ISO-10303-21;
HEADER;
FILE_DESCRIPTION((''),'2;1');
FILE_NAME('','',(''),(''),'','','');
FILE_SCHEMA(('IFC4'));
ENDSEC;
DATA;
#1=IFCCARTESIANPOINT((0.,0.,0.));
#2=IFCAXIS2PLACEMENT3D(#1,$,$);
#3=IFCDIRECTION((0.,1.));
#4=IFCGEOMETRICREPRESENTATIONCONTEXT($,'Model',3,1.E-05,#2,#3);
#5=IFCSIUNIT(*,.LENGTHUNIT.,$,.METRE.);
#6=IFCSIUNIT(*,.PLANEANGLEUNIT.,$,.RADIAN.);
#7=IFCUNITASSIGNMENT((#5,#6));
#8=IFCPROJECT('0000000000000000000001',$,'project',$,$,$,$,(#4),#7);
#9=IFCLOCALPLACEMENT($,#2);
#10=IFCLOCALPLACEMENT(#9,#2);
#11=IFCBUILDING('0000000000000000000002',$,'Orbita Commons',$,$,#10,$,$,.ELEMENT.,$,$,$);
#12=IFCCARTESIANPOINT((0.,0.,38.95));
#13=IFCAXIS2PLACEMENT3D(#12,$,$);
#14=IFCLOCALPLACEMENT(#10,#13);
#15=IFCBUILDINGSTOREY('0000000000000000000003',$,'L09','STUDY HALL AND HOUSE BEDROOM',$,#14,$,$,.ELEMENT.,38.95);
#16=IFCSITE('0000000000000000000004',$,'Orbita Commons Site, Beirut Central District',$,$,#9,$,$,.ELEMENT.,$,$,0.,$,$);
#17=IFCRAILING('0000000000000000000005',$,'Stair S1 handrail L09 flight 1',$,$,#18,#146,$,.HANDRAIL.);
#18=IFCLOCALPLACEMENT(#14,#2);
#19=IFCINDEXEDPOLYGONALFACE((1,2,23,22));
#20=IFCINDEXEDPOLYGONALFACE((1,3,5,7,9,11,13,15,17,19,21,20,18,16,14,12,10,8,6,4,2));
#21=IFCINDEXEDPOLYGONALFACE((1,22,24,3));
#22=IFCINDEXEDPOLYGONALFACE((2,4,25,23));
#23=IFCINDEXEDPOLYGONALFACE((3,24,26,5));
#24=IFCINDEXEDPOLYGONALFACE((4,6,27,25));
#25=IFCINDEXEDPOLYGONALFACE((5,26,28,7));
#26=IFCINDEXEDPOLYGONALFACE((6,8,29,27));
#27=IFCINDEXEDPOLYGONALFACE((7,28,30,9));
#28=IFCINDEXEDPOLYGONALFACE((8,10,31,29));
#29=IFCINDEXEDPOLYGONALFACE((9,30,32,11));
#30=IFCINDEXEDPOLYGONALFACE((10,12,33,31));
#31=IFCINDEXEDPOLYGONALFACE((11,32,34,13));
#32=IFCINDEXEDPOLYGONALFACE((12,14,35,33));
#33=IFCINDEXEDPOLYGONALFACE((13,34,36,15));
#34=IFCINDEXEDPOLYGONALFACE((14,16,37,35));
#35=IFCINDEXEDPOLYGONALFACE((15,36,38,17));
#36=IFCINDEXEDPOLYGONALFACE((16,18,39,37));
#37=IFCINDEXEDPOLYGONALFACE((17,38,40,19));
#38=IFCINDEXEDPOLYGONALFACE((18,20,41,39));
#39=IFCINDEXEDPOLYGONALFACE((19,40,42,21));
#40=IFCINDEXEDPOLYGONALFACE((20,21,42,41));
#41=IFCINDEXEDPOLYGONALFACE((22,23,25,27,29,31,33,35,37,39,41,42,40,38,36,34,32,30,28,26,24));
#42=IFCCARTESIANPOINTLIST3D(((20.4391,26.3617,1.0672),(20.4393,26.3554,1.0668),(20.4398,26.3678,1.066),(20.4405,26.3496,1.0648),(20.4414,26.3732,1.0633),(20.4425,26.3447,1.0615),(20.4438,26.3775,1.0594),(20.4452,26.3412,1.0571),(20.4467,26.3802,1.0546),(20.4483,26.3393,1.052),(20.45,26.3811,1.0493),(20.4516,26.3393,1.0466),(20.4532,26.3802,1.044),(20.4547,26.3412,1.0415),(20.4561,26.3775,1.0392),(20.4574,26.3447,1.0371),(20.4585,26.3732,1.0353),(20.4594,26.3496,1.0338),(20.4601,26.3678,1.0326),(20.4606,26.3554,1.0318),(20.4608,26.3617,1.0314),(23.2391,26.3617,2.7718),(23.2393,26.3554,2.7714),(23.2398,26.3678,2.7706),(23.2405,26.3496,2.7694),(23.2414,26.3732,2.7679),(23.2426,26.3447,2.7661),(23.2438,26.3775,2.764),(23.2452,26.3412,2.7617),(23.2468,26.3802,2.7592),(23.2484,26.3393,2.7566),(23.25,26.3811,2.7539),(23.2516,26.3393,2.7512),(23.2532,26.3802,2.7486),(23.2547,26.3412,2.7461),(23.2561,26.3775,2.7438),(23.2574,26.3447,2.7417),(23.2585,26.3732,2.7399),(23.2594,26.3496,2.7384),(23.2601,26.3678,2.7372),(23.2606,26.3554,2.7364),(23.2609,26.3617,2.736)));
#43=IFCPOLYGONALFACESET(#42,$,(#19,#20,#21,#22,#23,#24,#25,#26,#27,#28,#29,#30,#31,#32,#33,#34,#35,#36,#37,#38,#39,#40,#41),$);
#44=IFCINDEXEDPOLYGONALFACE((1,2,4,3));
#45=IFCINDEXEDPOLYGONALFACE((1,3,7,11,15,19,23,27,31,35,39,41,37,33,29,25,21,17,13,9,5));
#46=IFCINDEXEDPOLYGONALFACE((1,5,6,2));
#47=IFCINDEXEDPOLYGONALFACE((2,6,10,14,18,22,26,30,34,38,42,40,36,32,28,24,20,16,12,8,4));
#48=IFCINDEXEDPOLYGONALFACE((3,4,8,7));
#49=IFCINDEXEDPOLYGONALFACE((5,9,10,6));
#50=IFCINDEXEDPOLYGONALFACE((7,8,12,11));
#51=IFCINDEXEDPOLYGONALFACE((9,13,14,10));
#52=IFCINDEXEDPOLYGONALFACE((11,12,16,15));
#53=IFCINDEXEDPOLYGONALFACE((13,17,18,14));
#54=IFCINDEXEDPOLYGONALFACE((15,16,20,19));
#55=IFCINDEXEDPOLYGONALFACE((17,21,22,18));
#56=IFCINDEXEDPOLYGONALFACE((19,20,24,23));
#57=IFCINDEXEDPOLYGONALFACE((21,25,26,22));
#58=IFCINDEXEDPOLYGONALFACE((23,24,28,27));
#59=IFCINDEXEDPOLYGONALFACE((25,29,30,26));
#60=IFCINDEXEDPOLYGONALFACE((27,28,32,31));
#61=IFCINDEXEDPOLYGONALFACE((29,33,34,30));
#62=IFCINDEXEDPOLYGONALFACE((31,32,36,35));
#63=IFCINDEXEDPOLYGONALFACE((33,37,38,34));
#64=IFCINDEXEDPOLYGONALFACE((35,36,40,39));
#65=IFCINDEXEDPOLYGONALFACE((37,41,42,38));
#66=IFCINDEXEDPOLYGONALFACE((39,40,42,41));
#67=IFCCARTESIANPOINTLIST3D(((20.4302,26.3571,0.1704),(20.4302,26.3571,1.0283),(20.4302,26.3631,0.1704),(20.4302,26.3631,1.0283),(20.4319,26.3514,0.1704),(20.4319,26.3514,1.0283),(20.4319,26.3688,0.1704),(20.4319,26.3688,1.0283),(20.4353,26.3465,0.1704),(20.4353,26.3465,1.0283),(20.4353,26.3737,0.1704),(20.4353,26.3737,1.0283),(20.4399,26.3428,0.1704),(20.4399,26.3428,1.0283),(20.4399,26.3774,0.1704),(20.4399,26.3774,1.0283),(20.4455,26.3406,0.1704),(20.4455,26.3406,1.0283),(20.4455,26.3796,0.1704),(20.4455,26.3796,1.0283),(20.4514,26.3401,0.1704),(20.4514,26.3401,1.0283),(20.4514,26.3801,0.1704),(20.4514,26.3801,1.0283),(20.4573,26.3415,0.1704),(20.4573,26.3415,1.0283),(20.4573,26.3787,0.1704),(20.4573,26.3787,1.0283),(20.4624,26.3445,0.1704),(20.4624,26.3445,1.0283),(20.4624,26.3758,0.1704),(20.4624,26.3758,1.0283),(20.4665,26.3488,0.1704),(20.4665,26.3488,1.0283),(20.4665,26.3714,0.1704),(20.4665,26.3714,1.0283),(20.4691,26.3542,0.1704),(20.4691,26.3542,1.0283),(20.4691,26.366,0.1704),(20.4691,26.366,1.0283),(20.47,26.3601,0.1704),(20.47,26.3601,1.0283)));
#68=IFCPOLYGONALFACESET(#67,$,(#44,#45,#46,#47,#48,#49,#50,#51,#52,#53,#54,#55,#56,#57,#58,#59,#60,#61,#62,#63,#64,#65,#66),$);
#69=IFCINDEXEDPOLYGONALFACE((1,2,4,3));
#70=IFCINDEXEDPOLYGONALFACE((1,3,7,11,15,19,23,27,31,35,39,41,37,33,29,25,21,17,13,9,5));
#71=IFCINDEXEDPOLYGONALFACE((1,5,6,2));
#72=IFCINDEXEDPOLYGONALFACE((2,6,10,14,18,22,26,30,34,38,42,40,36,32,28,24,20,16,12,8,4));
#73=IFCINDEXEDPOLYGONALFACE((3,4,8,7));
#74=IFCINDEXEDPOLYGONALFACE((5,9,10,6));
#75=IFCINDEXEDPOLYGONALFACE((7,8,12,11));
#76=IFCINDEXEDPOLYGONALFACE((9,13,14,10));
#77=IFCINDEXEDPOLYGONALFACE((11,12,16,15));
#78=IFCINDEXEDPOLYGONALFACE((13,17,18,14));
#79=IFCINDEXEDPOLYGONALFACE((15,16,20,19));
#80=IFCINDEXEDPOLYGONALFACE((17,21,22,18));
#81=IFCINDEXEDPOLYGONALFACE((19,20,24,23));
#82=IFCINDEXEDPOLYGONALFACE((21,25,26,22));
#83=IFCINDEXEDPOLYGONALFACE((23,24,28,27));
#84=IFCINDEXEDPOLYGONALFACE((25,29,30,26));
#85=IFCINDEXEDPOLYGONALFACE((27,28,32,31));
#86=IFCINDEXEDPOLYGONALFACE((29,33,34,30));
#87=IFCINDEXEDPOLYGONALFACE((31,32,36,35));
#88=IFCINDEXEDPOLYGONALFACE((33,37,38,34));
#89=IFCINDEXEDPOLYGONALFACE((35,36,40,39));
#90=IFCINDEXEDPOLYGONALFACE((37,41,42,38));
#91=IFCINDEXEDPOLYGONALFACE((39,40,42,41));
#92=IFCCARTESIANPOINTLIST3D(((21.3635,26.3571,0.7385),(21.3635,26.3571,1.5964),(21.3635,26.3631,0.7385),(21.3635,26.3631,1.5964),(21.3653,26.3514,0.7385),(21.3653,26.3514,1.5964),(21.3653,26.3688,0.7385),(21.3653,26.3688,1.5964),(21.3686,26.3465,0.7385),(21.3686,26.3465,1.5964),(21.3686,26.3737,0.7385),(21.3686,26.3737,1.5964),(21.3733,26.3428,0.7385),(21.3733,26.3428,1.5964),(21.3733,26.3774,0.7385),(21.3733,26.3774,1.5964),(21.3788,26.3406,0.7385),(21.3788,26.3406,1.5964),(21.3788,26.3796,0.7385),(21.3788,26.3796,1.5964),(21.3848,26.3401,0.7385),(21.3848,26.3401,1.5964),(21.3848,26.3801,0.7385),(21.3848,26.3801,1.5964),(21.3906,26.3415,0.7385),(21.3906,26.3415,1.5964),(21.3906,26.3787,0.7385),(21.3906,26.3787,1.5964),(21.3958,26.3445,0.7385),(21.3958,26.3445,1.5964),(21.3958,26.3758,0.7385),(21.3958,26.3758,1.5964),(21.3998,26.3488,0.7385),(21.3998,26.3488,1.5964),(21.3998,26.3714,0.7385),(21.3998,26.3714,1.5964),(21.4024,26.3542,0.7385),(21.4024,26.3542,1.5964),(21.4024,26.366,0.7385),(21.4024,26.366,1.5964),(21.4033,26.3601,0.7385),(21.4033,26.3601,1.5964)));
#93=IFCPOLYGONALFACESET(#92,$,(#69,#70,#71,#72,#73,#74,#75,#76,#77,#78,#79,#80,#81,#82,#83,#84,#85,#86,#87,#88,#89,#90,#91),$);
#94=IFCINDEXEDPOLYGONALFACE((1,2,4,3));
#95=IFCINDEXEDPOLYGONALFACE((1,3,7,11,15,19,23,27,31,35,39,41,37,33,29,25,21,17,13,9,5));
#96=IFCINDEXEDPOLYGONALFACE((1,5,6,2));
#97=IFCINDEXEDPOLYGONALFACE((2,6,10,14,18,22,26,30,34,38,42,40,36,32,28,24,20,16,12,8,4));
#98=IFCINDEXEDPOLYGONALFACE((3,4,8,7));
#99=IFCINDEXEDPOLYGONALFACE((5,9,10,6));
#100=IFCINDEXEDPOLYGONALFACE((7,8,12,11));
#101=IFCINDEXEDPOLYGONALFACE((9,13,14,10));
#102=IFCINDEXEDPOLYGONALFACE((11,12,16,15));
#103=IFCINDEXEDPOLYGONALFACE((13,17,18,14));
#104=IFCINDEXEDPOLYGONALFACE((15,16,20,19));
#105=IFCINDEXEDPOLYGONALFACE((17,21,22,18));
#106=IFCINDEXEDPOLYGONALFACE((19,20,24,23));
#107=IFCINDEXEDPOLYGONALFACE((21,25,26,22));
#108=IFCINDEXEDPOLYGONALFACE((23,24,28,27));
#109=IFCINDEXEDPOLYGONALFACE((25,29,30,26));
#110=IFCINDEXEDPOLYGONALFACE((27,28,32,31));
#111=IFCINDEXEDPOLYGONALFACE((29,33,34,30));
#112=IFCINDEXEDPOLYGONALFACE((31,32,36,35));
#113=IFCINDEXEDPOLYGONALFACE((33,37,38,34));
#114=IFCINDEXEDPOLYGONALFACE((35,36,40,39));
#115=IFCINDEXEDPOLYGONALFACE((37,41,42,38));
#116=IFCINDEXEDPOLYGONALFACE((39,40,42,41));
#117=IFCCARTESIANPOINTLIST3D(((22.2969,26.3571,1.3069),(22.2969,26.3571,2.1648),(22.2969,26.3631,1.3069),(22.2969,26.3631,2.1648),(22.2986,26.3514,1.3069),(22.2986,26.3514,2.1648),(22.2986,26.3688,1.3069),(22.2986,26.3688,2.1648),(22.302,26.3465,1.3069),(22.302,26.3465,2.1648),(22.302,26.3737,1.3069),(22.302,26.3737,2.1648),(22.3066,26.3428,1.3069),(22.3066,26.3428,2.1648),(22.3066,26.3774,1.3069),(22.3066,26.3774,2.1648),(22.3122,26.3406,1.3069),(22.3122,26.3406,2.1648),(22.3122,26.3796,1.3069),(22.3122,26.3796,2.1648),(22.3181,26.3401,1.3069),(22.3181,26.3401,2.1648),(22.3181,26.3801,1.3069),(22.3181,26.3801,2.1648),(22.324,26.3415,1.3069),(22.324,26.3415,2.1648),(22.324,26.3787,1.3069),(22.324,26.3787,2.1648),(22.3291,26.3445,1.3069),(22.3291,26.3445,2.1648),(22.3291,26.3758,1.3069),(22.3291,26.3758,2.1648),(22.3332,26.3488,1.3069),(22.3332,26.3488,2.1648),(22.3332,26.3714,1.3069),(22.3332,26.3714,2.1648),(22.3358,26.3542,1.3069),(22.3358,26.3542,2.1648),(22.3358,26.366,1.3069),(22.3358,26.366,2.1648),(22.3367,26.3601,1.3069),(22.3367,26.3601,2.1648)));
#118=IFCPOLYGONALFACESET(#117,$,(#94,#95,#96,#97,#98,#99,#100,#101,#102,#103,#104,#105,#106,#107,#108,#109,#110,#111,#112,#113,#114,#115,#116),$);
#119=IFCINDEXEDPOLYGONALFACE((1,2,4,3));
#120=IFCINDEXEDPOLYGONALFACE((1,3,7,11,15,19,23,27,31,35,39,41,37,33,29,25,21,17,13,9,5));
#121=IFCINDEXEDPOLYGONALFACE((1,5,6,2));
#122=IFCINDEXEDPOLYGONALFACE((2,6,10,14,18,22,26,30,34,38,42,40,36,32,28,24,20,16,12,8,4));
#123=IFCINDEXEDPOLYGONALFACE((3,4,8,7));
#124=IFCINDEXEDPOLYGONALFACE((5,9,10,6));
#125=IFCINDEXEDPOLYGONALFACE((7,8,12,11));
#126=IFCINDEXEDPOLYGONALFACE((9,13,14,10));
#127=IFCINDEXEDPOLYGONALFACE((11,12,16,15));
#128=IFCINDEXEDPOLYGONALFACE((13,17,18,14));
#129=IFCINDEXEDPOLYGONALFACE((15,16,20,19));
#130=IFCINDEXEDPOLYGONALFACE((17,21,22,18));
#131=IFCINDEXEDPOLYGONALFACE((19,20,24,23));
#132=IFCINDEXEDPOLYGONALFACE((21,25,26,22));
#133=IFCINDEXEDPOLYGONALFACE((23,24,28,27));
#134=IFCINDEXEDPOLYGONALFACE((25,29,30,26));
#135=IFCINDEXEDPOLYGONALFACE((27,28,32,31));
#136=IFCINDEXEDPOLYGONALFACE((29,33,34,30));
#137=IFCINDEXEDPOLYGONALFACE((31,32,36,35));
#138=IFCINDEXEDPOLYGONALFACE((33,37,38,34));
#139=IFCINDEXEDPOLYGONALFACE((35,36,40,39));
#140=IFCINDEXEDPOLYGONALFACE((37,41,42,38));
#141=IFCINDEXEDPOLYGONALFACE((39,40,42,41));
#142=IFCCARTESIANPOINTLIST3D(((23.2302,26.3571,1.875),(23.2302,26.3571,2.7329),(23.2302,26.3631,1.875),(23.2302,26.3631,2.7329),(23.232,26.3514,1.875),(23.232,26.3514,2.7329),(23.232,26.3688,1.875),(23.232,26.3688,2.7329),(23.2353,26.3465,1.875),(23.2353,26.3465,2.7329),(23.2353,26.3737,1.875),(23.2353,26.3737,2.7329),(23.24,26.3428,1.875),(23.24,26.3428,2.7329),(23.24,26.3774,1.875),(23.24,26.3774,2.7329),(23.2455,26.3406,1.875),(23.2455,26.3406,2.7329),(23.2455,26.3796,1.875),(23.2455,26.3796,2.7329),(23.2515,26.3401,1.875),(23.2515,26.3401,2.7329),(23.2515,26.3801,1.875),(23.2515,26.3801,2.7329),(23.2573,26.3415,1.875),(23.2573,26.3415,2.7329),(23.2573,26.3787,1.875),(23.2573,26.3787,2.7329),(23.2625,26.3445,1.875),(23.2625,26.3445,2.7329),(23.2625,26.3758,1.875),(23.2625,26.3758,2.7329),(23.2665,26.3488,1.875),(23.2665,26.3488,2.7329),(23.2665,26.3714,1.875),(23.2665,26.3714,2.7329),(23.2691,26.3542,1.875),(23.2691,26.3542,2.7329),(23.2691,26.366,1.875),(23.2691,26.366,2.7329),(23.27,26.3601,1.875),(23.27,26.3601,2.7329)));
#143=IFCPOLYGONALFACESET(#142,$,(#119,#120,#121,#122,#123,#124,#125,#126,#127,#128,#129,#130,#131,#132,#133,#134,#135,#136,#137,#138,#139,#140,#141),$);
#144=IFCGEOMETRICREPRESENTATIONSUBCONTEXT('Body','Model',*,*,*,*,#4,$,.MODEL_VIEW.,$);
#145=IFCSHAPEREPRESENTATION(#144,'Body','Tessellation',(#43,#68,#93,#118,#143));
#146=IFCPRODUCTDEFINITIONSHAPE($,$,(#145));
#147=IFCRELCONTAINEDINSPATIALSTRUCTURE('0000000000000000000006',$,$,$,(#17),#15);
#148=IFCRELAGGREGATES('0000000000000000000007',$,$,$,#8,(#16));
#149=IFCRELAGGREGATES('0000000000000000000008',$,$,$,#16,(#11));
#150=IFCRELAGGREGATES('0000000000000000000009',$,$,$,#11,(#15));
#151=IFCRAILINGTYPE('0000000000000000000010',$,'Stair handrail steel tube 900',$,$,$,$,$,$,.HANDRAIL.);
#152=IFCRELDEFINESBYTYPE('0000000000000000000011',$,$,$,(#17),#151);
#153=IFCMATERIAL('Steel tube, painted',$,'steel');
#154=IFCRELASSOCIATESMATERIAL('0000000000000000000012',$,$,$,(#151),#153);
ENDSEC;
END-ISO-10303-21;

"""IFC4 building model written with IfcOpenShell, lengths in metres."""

from ifc_helpers import new_model, si_unit, direction, frame, origin, origin_2d, place, context, subcontext, project, spatial, circle, extrude, material, type_object, element, save


model = new_model("IFC4")

# Units and contexts
model_context = context("Model", 3, precision=1e-05, world=origin(), true_north=direction((0.0, 1.0)))
body_context = subcontext(model_context, "Body", "Model", "MODEL_VIEW")
ifc_project = project(units=[si_unit("LENGTHUNIT", "METRE"), si_unit("PLANEANGLEUNIT", "RADIAN")], contexts=[model_context])

# Site, building, storey
site_placement = place(None, origin())
site = spatial("IfcSite", under=ifc_project, at=site_placement, Name="Orbita Commons Site, Beirut Central District", CompositionType="ELEMENT", RefElevation=0.0)
building_placement = place(site_placement, origin())
building = spatial("IfcBuilding", under=site, at=building_placement, Name="Orbita Commons", CompositionType="ELEMENT")
storey_placement = place(building_placement, frame((0.0, 0.0, 38.95)))
storey = spatial("IfcBuildingStorey", under=building, at=storey_placement, Name="L09", Description="STUDY HALL AND HOUSE BEDROOM", CompositionType="ELEMENT", Elevation=38.95)

# Railing
ifc_material_1 = material(Name="Steel tube, painted", Category="steel")
railing_type = type_object("IfcRailingType", Name="Stair handrail steel tube 900", PredefinedType="HANDRAIL", material=ifc_material_1)
for number, where, name in (
    (1, (20.45, 26.3601, 0.1704), "Stair S1 handrail L09 flight 1"),
):
    element("IfcRailing", number, at=place(storey_placement, frame(where)), inside=storey, type_object=railing_type, Name=name, PredefinedType="HANDRAIL", context=body_context, shape_type="SweptSolid", body=[
        extrude(circle(Radius=0.021, at=origin_2d()), frame((0.0, 0.0, 0.8789), z_axis=(0.85417, 0.0, 0.519994), x_axis=(0.0, 1.0, 0.0)), (0.0, 0.0, 1.0), 3.2781),
        extrude(circle(Radius=0.02, at=origin_2d()), origin(), (0.0, 0.0, 1.0), 0.8579),
        extrude(circle(Radius=0.02, at=origin_2d()), frame((0.9333, 0.0, 0.5681)), (0.0, 0.0, 1.0), 0.8579),
        extrude(circle(Radius=0.02, at=origin_2d()), frame((1.8667, 0.0, 1.1365)), (0.0, 0.0, 1.0), 0.8579),
        extrude(circle(Radius=0.02, at=origin_2d()), frame((2.8, 0.0, 1.7046)), (0.0, 0.0, 1.0), 0.8579),
    ])

save(model, "model.ifc")
